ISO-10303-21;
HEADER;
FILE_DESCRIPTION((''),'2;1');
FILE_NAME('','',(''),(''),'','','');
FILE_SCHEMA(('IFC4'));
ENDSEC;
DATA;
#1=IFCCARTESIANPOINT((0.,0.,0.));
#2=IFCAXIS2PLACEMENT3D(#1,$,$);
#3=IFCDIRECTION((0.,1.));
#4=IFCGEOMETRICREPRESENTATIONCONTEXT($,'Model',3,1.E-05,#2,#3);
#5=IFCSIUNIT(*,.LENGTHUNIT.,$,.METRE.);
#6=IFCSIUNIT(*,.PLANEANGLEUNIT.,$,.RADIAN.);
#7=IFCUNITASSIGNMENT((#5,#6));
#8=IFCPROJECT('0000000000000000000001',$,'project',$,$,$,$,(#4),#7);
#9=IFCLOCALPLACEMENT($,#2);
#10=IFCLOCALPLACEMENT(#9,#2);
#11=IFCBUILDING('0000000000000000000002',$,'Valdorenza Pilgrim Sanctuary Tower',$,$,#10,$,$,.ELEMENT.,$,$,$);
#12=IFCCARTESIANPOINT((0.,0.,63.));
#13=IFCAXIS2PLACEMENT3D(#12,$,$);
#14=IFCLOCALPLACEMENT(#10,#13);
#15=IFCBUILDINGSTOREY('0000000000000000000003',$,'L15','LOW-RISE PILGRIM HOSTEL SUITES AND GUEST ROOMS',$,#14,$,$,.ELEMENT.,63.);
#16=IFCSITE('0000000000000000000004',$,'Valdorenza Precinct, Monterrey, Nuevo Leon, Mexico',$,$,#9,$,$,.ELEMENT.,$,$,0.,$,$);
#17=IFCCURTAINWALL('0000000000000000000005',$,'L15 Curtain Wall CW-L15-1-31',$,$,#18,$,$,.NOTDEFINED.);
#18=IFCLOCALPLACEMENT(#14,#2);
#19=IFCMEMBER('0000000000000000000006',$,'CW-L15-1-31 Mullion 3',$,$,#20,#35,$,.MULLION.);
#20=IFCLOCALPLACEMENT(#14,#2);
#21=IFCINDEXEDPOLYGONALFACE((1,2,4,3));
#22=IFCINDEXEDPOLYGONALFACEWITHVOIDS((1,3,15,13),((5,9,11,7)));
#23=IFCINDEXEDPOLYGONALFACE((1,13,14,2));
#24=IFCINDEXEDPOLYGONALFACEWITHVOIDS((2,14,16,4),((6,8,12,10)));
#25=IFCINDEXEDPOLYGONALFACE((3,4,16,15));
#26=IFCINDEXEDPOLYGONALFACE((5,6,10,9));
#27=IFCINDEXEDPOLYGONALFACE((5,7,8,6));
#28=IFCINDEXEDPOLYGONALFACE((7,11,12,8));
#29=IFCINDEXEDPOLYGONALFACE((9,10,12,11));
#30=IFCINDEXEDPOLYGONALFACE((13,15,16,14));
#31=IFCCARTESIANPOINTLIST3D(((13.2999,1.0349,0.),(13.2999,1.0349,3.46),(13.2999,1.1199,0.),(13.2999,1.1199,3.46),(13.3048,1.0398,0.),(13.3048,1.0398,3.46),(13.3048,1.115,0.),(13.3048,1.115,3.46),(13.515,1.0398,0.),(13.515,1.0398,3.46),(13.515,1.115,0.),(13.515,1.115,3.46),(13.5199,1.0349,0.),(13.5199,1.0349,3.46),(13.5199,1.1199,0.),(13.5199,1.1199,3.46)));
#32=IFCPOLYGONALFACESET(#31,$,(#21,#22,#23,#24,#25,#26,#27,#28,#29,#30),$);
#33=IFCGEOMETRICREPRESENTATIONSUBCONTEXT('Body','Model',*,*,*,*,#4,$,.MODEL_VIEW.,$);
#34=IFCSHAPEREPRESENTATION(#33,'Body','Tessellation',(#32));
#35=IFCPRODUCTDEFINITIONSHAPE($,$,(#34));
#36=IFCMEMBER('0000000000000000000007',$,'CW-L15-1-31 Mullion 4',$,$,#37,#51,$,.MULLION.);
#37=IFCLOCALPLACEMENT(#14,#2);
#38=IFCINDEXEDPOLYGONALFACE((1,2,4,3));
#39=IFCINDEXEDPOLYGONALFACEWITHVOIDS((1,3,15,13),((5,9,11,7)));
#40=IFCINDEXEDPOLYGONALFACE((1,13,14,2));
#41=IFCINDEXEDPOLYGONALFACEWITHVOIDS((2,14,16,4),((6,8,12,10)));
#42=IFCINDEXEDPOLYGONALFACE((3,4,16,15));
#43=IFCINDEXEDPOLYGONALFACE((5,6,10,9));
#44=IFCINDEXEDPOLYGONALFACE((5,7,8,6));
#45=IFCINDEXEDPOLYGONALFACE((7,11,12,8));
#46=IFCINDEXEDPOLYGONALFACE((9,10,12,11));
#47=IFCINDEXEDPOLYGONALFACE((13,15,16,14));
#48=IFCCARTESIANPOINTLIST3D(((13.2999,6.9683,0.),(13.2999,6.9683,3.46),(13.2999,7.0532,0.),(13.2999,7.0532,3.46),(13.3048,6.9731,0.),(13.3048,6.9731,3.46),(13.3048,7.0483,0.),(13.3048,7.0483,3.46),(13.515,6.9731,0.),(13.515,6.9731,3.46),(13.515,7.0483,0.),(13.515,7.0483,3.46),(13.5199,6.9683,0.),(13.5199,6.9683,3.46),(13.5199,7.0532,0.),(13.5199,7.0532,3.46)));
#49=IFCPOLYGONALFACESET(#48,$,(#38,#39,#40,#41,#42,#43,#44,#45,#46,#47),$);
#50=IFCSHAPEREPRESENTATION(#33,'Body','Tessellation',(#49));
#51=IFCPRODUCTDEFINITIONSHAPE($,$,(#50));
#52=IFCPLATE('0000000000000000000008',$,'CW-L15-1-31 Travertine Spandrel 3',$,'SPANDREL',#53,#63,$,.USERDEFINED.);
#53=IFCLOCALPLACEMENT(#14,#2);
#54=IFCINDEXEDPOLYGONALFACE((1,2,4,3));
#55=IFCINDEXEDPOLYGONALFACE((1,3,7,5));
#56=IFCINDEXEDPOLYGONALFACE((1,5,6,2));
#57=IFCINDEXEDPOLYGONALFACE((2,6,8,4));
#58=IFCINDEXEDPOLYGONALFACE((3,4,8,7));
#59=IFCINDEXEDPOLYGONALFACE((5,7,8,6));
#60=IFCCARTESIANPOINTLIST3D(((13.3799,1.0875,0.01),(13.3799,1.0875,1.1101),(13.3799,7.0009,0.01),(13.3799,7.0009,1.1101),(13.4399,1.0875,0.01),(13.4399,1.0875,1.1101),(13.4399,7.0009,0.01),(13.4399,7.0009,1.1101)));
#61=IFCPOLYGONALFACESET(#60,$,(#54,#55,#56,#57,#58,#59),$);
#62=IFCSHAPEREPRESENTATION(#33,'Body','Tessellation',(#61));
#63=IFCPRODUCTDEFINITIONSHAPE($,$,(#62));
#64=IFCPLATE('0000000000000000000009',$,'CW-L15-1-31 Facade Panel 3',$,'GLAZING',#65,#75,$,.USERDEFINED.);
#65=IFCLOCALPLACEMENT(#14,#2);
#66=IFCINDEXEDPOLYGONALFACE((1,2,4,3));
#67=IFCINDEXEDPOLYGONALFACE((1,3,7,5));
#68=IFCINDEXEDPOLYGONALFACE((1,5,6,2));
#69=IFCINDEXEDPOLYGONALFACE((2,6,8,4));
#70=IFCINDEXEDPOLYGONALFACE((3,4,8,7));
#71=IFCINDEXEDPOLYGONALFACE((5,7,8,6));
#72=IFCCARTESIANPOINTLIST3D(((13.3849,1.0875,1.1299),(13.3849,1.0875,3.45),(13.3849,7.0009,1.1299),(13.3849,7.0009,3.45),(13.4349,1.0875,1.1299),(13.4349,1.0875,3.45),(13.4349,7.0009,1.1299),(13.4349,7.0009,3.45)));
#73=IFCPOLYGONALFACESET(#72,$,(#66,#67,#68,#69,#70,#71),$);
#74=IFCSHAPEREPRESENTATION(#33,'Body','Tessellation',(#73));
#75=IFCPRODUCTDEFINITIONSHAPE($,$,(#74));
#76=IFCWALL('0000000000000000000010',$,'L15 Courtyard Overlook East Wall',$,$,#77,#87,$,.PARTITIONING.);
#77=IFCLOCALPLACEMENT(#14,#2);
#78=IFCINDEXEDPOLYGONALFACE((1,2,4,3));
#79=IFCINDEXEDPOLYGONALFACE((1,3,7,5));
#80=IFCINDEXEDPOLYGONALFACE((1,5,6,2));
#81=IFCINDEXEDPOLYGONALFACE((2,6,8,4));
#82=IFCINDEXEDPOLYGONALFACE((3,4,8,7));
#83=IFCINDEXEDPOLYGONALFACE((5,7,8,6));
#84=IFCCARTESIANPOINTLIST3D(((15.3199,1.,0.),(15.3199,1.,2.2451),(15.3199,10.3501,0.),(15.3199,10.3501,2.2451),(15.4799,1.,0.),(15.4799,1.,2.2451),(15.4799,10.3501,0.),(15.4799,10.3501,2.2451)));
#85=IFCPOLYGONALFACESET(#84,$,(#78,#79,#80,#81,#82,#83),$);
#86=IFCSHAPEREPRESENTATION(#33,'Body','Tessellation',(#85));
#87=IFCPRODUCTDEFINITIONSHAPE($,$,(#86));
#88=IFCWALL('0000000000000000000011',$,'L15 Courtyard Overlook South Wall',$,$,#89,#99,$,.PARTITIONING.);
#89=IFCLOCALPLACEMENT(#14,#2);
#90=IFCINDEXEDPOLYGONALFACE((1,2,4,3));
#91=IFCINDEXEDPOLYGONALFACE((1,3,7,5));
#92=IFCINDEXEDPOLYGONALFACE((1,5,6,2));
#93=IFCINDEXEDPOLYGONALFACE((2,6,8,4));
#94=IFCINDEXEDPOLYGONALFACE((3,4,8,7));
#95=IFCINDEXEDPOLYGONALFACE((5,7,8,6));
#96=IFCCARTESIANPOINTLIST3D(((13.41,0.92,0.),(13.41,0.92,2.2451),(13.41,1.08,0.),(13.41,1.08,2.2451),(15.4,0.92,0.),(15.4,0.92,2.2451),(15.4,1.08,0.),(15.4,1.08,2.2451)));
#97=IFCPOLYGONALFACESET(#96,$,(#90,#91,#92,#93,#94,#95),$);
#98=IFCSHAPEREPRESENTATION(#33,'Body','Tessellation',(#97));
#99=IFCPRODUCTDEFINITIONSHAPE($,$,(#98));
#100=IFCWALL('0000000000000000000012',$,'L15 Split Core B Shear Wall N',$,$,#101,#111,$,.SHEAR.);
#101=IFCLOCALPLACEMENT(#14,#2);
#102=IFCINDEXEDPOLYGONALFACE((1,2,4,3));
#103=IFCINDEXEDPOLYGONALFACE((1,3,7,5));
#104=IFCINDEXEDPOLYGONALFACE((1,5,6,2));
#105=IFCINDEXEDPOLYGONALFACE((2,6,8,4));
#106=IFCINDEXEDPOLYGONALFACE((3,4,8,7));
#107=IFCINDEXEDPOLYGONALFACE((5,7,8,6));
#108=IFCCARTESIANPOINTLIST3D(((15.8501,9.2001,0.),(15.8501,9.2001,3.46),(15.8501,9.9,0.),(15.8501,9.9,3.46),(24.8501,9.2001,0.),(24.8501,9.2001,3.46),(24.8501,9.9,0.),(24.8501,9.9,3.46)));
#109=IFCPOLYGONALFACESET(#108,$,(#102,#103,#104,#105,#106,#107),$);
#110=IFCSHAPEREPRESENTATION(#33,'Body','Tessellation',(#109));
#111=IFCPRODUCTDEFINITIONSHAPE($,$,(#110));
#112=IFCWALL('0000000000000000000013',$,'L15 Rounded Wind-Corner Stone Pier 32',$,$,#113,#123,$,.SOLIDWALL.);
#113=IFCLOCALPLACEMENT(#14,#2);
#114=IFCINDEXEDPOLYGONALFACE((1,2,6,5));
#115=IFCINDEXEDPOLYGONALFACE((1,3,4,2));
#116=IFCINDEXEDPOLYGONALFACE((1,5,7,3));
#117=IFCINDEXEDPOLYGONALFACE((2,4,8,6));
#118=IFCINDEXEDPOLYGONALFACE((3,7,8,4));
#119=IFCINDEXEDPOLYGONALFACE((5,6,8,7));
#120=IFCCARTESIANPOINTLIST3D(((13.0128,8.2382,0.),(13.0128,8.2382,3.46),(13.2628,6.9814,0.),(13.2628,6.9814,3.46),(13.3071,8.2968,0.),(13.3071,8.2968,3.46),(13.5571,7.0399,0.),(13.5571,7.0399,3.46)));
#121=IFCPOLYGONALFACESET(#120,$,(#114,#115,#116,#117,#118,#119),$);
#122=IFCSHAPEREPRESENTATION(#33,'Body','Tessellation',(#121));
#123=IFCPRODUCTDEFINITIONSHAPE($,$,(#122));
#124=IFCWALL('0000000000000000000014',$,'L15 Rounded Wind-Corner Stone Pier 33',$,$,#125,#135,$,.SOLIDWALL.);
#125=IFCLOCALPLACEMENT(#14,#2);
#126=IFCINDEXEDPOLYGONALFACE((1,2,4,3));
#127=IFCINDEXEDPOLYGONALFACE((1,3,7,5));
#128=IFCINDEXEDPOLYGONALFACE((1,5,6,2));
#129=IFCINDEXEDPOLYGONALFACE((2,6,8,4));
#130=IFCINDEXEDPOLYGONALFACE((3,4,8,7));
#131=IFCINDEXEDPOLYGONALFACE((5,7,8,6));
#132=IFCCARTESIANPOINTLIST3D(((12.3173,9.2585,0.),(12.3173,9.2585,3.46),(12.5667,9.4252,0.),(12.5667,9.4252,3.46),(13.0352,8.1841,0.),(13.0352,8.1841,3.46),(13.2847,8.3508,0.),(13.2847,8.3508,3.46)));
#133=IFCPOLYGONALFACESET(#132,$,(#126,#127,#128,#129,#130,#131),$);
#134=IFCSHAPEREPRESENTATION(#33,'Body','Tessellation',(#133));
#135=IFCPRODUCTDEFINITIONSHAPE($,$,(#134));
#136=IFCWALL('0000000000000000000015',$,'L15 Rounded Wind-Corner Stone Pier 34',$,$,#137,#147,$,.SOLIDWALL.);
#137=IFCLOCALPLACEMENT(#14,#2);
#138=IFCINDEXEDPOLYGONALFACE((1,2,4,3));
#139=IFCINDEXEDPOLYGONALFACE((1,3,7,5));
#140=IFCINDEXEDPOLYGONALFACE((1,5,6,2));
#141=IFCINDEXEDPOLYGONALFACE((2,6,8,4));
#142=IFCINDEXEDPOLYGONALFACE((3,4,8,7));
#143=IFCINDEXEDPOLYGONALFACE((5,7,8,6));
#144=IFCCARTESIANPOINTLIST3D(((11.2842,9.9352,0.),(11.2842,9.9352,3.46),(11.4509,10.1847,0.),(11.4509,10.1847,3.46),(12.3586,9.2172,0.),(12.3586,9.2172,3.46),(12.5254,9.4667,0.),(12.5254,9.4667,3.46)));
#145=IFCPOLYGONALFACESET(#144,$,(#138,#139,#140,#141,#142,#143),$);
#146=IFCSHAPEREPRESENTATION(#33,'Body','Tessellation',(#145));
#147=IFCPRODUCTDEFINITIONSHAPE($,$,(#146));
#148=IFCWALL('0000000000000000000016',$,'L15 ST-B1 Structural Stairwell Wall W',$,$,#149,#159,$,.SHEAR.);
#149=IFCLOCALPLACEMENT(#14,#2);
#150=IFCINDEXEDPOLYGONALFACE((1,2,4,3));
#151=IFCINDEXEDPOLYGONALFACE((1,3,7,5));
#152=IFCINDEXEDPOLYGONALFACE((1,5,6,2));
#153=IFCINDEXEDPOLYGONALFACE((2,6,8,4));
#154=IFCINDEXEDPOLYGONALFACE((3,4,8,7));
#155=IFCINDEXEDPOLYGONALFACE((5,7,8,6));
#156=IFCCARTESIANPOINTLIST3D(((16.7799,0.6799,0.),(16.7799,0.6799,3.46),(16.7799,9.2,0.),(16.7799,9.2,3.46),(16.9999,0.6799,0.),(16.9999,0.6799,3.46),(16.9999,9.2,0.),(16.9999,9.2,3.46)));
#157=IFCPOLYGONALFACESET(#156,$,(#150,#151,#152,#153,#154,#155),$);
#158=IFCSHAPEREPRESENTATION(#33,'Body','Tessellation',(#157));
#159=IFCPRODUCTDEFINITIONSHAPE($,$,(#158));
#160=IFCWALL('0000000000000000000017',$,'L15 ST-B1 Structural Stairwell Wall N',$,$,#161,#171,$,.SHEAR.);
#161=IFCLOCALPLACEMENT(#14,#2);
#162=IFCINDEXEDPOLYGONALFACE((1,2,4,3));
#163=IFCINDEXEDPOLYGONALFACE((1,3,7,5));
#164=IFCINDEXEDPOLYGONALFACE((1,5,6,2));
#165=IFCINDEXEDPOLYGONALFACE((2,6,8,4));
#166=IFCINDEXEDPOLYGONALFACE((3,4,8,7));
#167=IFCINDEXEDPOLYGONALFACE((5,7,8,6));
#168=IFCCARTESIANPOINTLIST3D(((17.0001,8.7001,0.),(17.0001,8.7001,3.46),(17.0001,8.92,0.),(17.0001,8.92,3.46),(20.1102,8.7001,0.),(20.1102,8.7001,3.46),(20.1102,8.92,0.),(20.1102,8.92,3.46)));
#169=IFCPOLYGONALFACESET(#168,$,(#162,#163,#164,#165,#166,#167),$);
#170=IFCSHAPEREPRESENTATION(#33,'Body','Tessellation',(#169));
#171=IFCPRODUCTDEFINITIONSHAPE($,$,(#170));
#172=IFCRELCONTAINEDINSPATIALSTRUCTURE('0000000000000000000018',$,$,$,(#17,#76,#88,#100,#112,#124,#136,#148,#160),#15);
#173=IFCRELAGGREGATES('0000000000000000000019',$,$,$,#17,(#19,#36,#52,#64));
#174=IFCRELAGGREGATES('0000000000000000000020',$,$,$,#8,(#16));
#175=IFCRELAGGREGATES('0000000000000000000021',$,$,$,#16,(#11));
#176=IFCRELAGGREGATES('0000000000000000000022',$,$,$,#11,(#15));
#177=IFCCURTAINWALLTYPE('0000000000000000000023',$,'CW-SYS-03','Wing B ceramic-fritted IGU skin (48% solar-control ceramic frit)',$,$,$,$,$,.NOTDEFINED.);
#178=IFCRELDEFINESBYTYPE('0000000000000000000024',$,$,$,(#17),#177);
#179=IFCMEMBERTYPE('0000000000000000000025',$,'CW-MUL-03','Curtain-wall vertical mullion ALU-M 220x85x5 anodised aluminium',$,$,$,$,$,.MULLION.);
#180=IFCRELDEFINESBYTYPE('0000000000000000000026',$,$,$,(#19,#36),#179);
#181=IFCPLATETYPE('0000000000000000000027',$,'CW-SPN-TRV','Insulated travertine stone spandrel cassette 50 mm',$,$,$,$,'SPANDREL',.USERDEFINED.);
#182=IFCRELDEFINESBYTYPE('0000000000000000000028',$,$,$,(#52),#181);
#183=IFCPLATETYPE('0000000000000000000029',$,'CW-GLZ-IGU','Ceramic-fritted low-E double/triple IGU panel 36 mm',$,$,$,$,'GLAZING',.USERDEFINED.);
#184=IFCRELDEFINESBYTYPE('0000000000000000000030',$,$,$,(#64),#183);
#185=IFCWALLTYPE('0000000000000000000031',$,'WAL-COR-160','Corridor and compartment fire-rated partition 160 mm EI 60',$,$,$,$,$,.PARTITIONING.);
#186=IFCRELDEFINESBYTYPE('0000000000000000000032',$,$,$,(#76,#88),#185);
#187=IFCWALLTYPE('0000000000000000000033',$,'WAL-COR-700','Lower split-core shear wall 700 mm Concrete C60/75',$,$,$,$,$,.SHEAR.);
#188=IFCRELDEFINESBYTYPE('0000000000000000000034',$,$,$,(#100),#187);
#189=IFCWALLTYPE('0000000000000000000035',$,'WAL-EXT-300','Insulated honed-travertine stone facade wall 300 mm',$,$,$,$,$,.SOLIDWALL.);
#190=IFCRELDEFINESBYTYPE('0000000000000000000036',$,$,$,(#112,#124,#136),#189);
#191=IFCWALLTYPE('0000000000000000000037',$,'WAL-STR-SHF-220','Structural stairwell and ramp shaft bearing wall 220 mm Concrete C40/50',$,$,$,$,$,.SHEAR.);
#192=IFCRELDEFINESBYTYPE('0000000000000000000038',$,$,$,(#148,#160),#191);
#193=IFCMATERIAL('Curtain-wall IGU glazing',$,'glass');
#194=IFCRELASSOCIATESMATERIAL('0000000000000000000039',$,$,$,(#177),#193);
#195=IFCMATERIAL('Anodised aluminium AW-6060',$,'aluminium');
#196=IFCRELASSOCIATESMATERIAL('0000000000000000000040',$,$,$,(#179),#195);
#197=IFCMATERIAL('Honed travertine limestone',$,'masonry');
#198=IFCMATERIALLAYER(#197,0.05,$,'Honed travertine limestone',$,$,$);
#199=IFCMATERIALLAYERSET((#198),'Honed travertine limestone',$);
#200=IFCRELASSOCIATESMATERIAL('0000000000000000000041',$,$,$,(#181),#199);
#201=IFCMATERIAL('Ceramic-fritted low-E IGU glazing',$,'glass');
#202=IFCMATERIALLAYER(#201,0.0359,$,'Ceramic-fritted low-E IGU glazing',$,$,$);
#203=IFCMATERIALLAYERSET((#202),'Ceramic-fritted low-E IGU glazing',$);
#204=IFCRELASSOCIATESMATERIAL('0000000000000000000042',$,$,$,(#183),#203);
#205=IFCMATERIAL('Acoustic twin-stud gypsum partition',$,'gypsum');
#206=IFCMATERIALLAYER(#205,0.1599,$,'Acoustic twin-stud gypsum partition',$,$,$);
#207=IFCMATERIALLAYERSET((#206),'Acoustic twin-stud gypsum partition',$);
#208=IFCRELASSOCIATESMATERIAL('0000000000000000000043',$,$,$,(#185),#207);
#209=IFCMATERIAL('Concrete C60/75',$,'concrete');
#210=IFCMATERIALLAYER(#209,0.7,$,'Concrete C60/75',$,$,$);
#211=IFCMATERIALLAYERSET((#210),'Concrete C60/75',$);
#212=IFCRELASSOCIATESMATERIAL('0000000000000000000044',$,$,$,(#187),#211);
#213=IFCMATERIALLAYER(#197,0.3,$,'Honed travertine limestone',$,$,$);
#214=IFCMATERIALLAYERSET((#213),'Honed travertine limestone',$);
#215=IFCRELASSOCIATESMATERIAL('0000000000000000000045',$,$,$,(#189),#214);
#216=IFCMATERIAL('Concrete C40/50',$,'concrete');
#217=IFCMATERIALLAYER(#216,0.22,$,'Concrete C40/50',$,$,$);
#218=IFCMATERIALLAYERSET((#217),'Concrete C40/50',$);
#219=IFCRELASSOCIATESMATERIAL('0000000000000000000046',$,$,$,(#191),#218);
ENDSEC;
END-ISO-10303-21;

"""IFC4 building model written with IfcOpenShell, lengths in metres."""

from ifc_helpers import new_model, si_unit, direction, frame, frame_2d, origin, origin_2d, place, context, subcontext, project, spatial, rectangle, hollow_rectangle, extrude, source, transform, mapped, material, layer, layer_set, material_profile, profile_set, type_object, element, aggregate, save


model = new_model("IFC4")

# Units and contexts
model_context = context("Model", 3, precision=1e-05, world=origin(), true_north=direction((0.0, 1.0)))
body_context = subcontext(model_context, "Body", "Model", "MODEL_VIEW")
ifc_project = project(units=[si_unit("LENGTHUNIT", "METRE"), si_unit("PLANEANGLEUNIT", "RADIAN")], contexts=[model_context])

# Site, building, storey
site_placement = place(None, origin())
site = spatial("IfcSite", under=ifc_project, at=site_placement, Name="Valdorenza Precinct, Monterrey, Nuevo Leon, Mexico", CompositionType="ELEMENT", RefElevation=0.0)
building_placement = place(site_placement, origin())
building = spatial("IfcBuilding", under=site, at=building_placement, Name="Valdorenza Pilgrim Sanctuary Tower", CompositionType="ELEMENT")
storey_placement = place(building_placement, frame((0.0, 0.0, 63.0)))
storey = spatial("IfcBuildingStorey", under=building, at=storey_placement, Name="L15", Description="LOW-RISE PILGRIM HOSTEL SUITES AND GUEST ROOMS", CompositionType="ELEMENT", Elevation=63.0)

# Curtain wall, members, plates
ifc_material_1 = material(Name="Curtain-wall IGU glazing", Category="glass")
curtain_wall_type = type_object("IfcCurtainWallType", Name="CW-SYS-03", Description="Wing B ceramic-fritted IGU skin (48% solar-control ceramic frit)", PredefinedType="NOTDEFINED", material=ifc_material_1)
curtain_wall_placement = place(storey_placement, origin())
curtain_wall = element("IfcCurtainWall", 1, at=curtain_wall_placement, inside=storey, type_object=curtain_wall_type, Name="L15 Curtain Wall CW-L15-1-31", PredefinedType="NOTDEFINED")
ifc_material_2 = material(Name="Anodised aluminium AW-6060", Category="aluminium")
ifc_material_profile = material_profile(ifc_material_2, hollow_rectangle(XDim=0.085, YDim=0.22, WallThickness=0.0049, at=origin_2d()), Name="ALU-M 220x85x5")
ifc_profile_set = profile_set([ifc_material_profile], Name="Anodised aluminium AW-6060")
member_type = type_object("IfcMemberType", Name="CW-MUL-03", Description="Curtain-wall vertical mullion ALU-M 220x85x5 anodised aluminium", PredefinedType="MULLION", material=ifc_profile_set)
shared_shape_1 = source(origin(), body_context, "Body", "SweptSolid", [
    extrude(hollow_rectangle(XDim=0.085, YDim=0.22, WallThickness=0.0049, at=origin_2d()), origin(), (0.0, 0.0, 1.0), 3.46),
])
member_1_placement = place(storey_placement, frame((13.4099, 1.0774, 0.0), z_axis=(0.0, 0.0, 1.0), x_axis=(0.0, 1.0, 0.0)))
member_1 = element("IfcMember", 2, at=member_1_placement, type_object=member_type, Name="CW-L15-1-31 Mullion 3", PredefinedType="MULLION", context=body_context, shape_type="MappedRepresentation", body=[
    mapped(shared_shape_1, transform((0.0, 0.0, 0.0), x_axis=(1.0, 0.0, 0.0), y_axis=(0.0, 1.0, 0.0), z_axis=(0.0, 0.0, 1.0), scale=1.0)),
])
member_2_placement = place(storey_placement, frame((13.4099, 7.0107, 0.0), z_axis=(0.0, 0.0, 1.0), x_axis=(0.0, 1.0, 0.0)))
member_2 = element("IfcMember", 3, at=member_2_placement, type_object=member_type, Name="CW-L15-1-31 Mullion 4", PredefinedType="MULLION", context=body_context, shape_type="MappedRepresentation", body=[
    mapped(shared_shape_1, transform((0.0, 0.0, 0.0), x_axis=(1.0, 0.0, 0.0), y_axis=(0.0, 1.0, 0.0), z_axis=(0.0, 0.0, 1.0), scale=1.0)),
])
ifc_material_3 = material(Name="Honed travertine limestone", Category="masonry")
ifc_layer_1 = layer(ifc_material_3, 0.05, Name="Honed travertine limestone")
ifc_layer_set_1 = layer_set([ifc_layer_1], Name="Honed travertine limestone")
plate_type_1 = type_object("IfcPlateType", Name="CW-SPN-TRV", Description="Insulated travertine stone spandrel cassette 50 mm", ElementType="SPANDREL", PredefinedType="USERDEFINED", material=ifc_layer_set_1)
shared_shape_2 = source(origin(), body_context, "Body", "SweptSolid", [
    extrude(rectangle(XDim=5.9133, YDim=0.0601, at=origin_2d()), origin(), (0.0, 0.0, 1.0), 1.1001),
])
plate_1_placement = place(storey_placement, frame((13.4099, 4.0442, 0.01), z_axis=(0.0, 0.0, 1.0), x_axis=(0.0, 1.0, 0.0)))
plate_1 = element("IfcPlate", 4, at=plate_1_placement, type_object=plate_type_1, Name="CW-L15-1-31 Travertine Spandrel 3", ObjectType="SPANDREL", PredefinedType="USERDEFINED", context=body_context, shape_type="MappedRepresentation", body=[
    mapped(shared_shape_2, transform((0.0, 0.0, 0.0), x_axis=(1.0, 0.0, 0.0), y_axis=(0.0, 1.0, 0.0), z_axis=(0.0, 0.0, 1.0), scale=1.0)),
])
ifc_material_4 = material(Name="Ceramic-fritted low-E IGU glazing", Category="glass")
ifc_layer_2 = layer(ifc_material_4, 0.0359, Name="Ceramic-fritted low-E IGU glazing")
ifc_layer_set_2 = layer_set([ifc_layer_2], Name="Ceramic-fritted low-E IGU glazing")
plate_type_2 = type_object("IfcPlateType", Name="CW-GLZ-IGU", Description="Ceramic-fritted low-E double/triple IGU panel 36 mm", ElementType="GLAZING", PredefinedType="USERDEFINED", material=ifc_layer_set_2)
shared_shape_3 = source(origin(), body_context, "Body", "SweptSolid", [
    extrude(rectangle(XDim=5.9133, YDim=0.05, at=origin_2d()), origin(), (0.0, 0.0, 1.0), 2.3201),
])
plate_2_placement = place(storey_placement, frame((13.4099, 4.0442, 1.1299), z_axis=(0.0, 0.0, 1.0), x_axis=(0.0, 1.0, 0.0)))
plate_2 = element("IfcPlate", 5, at=plate_2_placement, type_object=plate_type_2, Name="CW-L15-1-31 Facade Panel 3", ObjectType="GLAZING", PredefinedType="USERDEFINED", context=body_context, shape_type="MappedRepresentation", body=[
    mapped(shared_shape_3, transform((0.0, 0.0, 0.0), x_axis=(1.0, 0.0, 0.0), y_axis=(0.0, 1.0, 0.0), z_axis=(0.0, 0.0, 1.0), scale=1.0)),
])
aggregate(curtain_wall, [member_1, member_2, plate_1, plate_2])

# Walls
ifc_material_5 = material(Name="Acoustic twin-stud gypsum partition", Category="gypsum")
ifc_layer_3 = layer(ifc_material_5, 0.1599, Name="Acoustic twin-stud gypsum partition")
ifc_layer_set_3 = layer_set([ifc_layer_3], Name="Acoustic twin-stud gypsum partition")
wall_type_1 = type_object("IfcWallType", Name="WAL-COR-160", Description="Corridor and compartment fire-rated partition 160 mm EI 60", PredefinedType="PARTITIONING", material=ifc_layer_set_3)
wall_1_placement = place(storey_placement, frame((15.3999, 1.0, 0.0), z_axis=(0.0, 0.0, 1.0), x_axis=(0.0, 1.0, 0.0)))
element("IfcWall", 6, at=wall_1_placement, inside=storey, type_object=wall_type_1, Name="L15 Courtyard Overlook East Wall", PredefinedType="PARTITIONING", context=body_context, shape_type="SweptSolid", body=[
    extrude(rectangle(XDim=9.3501, YDim=0.1599, at=frame_2d((4.675, 0.0))), origin(), (0.0, 0.0, 1.0), 2.2451),
])
wall_2_placement = place(storey_placement, frame((13.4099, 1.0, 0.0), z_axis=(0.0, 0.0, 1.0), x_axis=(1.0, 0.0, 0.0)))
element("IfcWall", 7, at=wall_2_placement, inside=storey, type_object=wall_type_1, Name="L15 Courtyard Overlook South Wall", PredefinedType="PARTITIONING", context=body_context, shape_type="SweptSolid", body=[
    extrude(rectangle(XDim=1.99, YDim=0.1599, at=frame_2d((0.9951, 0.0))), origin(), (0.0, 0.0, 1.0), 2.2451),
])
ifc_material_6 = material(Name="Concrete C60/75", Category="concrete")
ifc_layer_4 = layer(ifc_material_6, 0.7, Name="Concrete C60/75")
ifc_layer_set_4 = layer_set([ifc_layer_4], Name="Concrete C60/75")
wall_type_2 = type_object("IfcWallType", Name="WAL-COR-700", Description="Lower split-core shear wall 700 mm Concrete C60/75", PredefinedType="SHEAR", material=ifc_layer_set_4)
wall_3_placement = place(storey_placement, frame((15.8501, 9.55, 0.0), z_axis=(0.0, 0.0, 1.0), x_axis=(1.0, 0.0, 0.0)))
element("IfcWall", 8, at=wall_3_placement, inside=storey, type_object=wall_type_2, Name="L15 Split Core B Shear Wall N", PredefinedType="SHEAR", context=body_context, shape_type="SweptSolid", body=[
    extrude(rectangle(XDim=9.0, YDim=0.7, at=frame_2d((4.5, 0.0))), origin(), (0.0, 0.0, 1.0), 3.46),
])
ifc_layer_5 = layer(ifc_material_3, 0.3, Name="Honed travertine limestone")
ifc_layer_set_5 = layer_set([ifc_layer_5], Name="Honed travertine limestone")
wall_type_3 = type_object("IfcWallType", Name="WAL-EXT-300", Description="Insulated honed-travertine stone facade wall 300 mm", PredefinedType="SOLIDWALL", material=ifc_layer_set_5)
wall_4_placement = place(storey_placement, frame((13.4099, 7.0107, 0.0), z_axis=(0.0, 0.0, 1.0), x_axis=(-0.19509, 0.980785, 0.0)))
element("IfcWall", 9, at=wall_4_placement, inside=storey, type_object=wall_type_3, Name="L15 Rounded Wind-Corner Stone Pier 32", PredefinedType="SOLIDWALL", context=body_context, shape_type="SweptSolid", body=[
    extrude(rectangle(XDim=1.2815, YDim=0.3, at=frame_2d((0.6406, 0.0))), origin(), (0.0, 0.0, 1.0), 3.46),
])
for number, where, z_axis, x_axis, name in (
    (10, (13.1599, 8.2676, 0.0), (0.0, 0.0, 1.0), (-0.555615, 0.831439, 0.0), "L15 Rounded Wind-Corner Stone Pier 33"),
    (11, (12.4419, 9.342, 0.0), (0.0, 0.0, 1.0), (-0.831439, 0.555615, 0.0), "L15 Rounded Wind-Corner Stone Pier 34"),
):
    element("IfcWall", number, at=place(storey_placement, frame(where, z_axis=z_axis, x_axis=x_axis)), inside=storey, type_object=wall_type_3, Name=name, PredefinedType="SOLIDWALL", context=body_context, shape_type="SweptSolid", body=[
        extrude(rectangle(XDim=1.2922, YDim=0.3, at=frame_2d((0.646, 0.0))), origin(), (0.0, 0.0, 1.0), 3.46),
    ])
ifc_material_7 = material(Name="Concrete C40/50", Category="concrete")
ifc_layer_6 = layer(ifc_material_7, 0.22, Name="Concrete C40/50")
ifc_layer_set_6 = layer_set([ifc_layer_6], Name="Concrete C40/50")
wall_type_4 = type_object("IfcWallType", Name="WAL-STR-SHF-220", Description="Structural stairwell and ramp shaft bearing wall 220 mm Concrete C40/50", PredefinedType="SHEAR", material=ifc_layer_set_6)
wall_5_placement = place(storey_placement, frame((16.8899, 0.6799, 0.0), z_axis=(0.0, 0.0, 1.0), x_axis=(0.0, 1.0, 0.0)))
element("IfcWall", 12, at=wall_5_placement, inside=storey, type_object=wall_type_4, Name="L15 ST-B1 Structural Stairwell Wall W", PredefinedType="SHEAR", context=body_context, shape_type="SweptSolid", body=[
    extrude(rectangle(XDim=8.52, YDim=0.22, at=frame_2d((4.26, 0.0))), origin(), (0.0, 0.0, 1.0), 3.46),
])

# Wall
wall_6_placement = place(storey_placement, frame((17.0, 8.8101, 0.0), z_axis=(0.0, 0.0, 1.0), x_axis=(1.0, 0.0, 0.0)))
element("IfcWall", 13, at=wall_6_placement, inside=storey, type_object=wall_type_4, Name="L15 ST-B1 Structural Stairwell Wall N", PredefinedType="SHEAR", context=body_context, shape_type="SweptSolid", body=[
    extrude(rectangle(XDim=3.1101, YDim=0.22, at=frame_2d((1.5552, 0.0))), origin(), (0.0, 0.0, 1.0), 3.46),
])

save(model, "model.ifc")
